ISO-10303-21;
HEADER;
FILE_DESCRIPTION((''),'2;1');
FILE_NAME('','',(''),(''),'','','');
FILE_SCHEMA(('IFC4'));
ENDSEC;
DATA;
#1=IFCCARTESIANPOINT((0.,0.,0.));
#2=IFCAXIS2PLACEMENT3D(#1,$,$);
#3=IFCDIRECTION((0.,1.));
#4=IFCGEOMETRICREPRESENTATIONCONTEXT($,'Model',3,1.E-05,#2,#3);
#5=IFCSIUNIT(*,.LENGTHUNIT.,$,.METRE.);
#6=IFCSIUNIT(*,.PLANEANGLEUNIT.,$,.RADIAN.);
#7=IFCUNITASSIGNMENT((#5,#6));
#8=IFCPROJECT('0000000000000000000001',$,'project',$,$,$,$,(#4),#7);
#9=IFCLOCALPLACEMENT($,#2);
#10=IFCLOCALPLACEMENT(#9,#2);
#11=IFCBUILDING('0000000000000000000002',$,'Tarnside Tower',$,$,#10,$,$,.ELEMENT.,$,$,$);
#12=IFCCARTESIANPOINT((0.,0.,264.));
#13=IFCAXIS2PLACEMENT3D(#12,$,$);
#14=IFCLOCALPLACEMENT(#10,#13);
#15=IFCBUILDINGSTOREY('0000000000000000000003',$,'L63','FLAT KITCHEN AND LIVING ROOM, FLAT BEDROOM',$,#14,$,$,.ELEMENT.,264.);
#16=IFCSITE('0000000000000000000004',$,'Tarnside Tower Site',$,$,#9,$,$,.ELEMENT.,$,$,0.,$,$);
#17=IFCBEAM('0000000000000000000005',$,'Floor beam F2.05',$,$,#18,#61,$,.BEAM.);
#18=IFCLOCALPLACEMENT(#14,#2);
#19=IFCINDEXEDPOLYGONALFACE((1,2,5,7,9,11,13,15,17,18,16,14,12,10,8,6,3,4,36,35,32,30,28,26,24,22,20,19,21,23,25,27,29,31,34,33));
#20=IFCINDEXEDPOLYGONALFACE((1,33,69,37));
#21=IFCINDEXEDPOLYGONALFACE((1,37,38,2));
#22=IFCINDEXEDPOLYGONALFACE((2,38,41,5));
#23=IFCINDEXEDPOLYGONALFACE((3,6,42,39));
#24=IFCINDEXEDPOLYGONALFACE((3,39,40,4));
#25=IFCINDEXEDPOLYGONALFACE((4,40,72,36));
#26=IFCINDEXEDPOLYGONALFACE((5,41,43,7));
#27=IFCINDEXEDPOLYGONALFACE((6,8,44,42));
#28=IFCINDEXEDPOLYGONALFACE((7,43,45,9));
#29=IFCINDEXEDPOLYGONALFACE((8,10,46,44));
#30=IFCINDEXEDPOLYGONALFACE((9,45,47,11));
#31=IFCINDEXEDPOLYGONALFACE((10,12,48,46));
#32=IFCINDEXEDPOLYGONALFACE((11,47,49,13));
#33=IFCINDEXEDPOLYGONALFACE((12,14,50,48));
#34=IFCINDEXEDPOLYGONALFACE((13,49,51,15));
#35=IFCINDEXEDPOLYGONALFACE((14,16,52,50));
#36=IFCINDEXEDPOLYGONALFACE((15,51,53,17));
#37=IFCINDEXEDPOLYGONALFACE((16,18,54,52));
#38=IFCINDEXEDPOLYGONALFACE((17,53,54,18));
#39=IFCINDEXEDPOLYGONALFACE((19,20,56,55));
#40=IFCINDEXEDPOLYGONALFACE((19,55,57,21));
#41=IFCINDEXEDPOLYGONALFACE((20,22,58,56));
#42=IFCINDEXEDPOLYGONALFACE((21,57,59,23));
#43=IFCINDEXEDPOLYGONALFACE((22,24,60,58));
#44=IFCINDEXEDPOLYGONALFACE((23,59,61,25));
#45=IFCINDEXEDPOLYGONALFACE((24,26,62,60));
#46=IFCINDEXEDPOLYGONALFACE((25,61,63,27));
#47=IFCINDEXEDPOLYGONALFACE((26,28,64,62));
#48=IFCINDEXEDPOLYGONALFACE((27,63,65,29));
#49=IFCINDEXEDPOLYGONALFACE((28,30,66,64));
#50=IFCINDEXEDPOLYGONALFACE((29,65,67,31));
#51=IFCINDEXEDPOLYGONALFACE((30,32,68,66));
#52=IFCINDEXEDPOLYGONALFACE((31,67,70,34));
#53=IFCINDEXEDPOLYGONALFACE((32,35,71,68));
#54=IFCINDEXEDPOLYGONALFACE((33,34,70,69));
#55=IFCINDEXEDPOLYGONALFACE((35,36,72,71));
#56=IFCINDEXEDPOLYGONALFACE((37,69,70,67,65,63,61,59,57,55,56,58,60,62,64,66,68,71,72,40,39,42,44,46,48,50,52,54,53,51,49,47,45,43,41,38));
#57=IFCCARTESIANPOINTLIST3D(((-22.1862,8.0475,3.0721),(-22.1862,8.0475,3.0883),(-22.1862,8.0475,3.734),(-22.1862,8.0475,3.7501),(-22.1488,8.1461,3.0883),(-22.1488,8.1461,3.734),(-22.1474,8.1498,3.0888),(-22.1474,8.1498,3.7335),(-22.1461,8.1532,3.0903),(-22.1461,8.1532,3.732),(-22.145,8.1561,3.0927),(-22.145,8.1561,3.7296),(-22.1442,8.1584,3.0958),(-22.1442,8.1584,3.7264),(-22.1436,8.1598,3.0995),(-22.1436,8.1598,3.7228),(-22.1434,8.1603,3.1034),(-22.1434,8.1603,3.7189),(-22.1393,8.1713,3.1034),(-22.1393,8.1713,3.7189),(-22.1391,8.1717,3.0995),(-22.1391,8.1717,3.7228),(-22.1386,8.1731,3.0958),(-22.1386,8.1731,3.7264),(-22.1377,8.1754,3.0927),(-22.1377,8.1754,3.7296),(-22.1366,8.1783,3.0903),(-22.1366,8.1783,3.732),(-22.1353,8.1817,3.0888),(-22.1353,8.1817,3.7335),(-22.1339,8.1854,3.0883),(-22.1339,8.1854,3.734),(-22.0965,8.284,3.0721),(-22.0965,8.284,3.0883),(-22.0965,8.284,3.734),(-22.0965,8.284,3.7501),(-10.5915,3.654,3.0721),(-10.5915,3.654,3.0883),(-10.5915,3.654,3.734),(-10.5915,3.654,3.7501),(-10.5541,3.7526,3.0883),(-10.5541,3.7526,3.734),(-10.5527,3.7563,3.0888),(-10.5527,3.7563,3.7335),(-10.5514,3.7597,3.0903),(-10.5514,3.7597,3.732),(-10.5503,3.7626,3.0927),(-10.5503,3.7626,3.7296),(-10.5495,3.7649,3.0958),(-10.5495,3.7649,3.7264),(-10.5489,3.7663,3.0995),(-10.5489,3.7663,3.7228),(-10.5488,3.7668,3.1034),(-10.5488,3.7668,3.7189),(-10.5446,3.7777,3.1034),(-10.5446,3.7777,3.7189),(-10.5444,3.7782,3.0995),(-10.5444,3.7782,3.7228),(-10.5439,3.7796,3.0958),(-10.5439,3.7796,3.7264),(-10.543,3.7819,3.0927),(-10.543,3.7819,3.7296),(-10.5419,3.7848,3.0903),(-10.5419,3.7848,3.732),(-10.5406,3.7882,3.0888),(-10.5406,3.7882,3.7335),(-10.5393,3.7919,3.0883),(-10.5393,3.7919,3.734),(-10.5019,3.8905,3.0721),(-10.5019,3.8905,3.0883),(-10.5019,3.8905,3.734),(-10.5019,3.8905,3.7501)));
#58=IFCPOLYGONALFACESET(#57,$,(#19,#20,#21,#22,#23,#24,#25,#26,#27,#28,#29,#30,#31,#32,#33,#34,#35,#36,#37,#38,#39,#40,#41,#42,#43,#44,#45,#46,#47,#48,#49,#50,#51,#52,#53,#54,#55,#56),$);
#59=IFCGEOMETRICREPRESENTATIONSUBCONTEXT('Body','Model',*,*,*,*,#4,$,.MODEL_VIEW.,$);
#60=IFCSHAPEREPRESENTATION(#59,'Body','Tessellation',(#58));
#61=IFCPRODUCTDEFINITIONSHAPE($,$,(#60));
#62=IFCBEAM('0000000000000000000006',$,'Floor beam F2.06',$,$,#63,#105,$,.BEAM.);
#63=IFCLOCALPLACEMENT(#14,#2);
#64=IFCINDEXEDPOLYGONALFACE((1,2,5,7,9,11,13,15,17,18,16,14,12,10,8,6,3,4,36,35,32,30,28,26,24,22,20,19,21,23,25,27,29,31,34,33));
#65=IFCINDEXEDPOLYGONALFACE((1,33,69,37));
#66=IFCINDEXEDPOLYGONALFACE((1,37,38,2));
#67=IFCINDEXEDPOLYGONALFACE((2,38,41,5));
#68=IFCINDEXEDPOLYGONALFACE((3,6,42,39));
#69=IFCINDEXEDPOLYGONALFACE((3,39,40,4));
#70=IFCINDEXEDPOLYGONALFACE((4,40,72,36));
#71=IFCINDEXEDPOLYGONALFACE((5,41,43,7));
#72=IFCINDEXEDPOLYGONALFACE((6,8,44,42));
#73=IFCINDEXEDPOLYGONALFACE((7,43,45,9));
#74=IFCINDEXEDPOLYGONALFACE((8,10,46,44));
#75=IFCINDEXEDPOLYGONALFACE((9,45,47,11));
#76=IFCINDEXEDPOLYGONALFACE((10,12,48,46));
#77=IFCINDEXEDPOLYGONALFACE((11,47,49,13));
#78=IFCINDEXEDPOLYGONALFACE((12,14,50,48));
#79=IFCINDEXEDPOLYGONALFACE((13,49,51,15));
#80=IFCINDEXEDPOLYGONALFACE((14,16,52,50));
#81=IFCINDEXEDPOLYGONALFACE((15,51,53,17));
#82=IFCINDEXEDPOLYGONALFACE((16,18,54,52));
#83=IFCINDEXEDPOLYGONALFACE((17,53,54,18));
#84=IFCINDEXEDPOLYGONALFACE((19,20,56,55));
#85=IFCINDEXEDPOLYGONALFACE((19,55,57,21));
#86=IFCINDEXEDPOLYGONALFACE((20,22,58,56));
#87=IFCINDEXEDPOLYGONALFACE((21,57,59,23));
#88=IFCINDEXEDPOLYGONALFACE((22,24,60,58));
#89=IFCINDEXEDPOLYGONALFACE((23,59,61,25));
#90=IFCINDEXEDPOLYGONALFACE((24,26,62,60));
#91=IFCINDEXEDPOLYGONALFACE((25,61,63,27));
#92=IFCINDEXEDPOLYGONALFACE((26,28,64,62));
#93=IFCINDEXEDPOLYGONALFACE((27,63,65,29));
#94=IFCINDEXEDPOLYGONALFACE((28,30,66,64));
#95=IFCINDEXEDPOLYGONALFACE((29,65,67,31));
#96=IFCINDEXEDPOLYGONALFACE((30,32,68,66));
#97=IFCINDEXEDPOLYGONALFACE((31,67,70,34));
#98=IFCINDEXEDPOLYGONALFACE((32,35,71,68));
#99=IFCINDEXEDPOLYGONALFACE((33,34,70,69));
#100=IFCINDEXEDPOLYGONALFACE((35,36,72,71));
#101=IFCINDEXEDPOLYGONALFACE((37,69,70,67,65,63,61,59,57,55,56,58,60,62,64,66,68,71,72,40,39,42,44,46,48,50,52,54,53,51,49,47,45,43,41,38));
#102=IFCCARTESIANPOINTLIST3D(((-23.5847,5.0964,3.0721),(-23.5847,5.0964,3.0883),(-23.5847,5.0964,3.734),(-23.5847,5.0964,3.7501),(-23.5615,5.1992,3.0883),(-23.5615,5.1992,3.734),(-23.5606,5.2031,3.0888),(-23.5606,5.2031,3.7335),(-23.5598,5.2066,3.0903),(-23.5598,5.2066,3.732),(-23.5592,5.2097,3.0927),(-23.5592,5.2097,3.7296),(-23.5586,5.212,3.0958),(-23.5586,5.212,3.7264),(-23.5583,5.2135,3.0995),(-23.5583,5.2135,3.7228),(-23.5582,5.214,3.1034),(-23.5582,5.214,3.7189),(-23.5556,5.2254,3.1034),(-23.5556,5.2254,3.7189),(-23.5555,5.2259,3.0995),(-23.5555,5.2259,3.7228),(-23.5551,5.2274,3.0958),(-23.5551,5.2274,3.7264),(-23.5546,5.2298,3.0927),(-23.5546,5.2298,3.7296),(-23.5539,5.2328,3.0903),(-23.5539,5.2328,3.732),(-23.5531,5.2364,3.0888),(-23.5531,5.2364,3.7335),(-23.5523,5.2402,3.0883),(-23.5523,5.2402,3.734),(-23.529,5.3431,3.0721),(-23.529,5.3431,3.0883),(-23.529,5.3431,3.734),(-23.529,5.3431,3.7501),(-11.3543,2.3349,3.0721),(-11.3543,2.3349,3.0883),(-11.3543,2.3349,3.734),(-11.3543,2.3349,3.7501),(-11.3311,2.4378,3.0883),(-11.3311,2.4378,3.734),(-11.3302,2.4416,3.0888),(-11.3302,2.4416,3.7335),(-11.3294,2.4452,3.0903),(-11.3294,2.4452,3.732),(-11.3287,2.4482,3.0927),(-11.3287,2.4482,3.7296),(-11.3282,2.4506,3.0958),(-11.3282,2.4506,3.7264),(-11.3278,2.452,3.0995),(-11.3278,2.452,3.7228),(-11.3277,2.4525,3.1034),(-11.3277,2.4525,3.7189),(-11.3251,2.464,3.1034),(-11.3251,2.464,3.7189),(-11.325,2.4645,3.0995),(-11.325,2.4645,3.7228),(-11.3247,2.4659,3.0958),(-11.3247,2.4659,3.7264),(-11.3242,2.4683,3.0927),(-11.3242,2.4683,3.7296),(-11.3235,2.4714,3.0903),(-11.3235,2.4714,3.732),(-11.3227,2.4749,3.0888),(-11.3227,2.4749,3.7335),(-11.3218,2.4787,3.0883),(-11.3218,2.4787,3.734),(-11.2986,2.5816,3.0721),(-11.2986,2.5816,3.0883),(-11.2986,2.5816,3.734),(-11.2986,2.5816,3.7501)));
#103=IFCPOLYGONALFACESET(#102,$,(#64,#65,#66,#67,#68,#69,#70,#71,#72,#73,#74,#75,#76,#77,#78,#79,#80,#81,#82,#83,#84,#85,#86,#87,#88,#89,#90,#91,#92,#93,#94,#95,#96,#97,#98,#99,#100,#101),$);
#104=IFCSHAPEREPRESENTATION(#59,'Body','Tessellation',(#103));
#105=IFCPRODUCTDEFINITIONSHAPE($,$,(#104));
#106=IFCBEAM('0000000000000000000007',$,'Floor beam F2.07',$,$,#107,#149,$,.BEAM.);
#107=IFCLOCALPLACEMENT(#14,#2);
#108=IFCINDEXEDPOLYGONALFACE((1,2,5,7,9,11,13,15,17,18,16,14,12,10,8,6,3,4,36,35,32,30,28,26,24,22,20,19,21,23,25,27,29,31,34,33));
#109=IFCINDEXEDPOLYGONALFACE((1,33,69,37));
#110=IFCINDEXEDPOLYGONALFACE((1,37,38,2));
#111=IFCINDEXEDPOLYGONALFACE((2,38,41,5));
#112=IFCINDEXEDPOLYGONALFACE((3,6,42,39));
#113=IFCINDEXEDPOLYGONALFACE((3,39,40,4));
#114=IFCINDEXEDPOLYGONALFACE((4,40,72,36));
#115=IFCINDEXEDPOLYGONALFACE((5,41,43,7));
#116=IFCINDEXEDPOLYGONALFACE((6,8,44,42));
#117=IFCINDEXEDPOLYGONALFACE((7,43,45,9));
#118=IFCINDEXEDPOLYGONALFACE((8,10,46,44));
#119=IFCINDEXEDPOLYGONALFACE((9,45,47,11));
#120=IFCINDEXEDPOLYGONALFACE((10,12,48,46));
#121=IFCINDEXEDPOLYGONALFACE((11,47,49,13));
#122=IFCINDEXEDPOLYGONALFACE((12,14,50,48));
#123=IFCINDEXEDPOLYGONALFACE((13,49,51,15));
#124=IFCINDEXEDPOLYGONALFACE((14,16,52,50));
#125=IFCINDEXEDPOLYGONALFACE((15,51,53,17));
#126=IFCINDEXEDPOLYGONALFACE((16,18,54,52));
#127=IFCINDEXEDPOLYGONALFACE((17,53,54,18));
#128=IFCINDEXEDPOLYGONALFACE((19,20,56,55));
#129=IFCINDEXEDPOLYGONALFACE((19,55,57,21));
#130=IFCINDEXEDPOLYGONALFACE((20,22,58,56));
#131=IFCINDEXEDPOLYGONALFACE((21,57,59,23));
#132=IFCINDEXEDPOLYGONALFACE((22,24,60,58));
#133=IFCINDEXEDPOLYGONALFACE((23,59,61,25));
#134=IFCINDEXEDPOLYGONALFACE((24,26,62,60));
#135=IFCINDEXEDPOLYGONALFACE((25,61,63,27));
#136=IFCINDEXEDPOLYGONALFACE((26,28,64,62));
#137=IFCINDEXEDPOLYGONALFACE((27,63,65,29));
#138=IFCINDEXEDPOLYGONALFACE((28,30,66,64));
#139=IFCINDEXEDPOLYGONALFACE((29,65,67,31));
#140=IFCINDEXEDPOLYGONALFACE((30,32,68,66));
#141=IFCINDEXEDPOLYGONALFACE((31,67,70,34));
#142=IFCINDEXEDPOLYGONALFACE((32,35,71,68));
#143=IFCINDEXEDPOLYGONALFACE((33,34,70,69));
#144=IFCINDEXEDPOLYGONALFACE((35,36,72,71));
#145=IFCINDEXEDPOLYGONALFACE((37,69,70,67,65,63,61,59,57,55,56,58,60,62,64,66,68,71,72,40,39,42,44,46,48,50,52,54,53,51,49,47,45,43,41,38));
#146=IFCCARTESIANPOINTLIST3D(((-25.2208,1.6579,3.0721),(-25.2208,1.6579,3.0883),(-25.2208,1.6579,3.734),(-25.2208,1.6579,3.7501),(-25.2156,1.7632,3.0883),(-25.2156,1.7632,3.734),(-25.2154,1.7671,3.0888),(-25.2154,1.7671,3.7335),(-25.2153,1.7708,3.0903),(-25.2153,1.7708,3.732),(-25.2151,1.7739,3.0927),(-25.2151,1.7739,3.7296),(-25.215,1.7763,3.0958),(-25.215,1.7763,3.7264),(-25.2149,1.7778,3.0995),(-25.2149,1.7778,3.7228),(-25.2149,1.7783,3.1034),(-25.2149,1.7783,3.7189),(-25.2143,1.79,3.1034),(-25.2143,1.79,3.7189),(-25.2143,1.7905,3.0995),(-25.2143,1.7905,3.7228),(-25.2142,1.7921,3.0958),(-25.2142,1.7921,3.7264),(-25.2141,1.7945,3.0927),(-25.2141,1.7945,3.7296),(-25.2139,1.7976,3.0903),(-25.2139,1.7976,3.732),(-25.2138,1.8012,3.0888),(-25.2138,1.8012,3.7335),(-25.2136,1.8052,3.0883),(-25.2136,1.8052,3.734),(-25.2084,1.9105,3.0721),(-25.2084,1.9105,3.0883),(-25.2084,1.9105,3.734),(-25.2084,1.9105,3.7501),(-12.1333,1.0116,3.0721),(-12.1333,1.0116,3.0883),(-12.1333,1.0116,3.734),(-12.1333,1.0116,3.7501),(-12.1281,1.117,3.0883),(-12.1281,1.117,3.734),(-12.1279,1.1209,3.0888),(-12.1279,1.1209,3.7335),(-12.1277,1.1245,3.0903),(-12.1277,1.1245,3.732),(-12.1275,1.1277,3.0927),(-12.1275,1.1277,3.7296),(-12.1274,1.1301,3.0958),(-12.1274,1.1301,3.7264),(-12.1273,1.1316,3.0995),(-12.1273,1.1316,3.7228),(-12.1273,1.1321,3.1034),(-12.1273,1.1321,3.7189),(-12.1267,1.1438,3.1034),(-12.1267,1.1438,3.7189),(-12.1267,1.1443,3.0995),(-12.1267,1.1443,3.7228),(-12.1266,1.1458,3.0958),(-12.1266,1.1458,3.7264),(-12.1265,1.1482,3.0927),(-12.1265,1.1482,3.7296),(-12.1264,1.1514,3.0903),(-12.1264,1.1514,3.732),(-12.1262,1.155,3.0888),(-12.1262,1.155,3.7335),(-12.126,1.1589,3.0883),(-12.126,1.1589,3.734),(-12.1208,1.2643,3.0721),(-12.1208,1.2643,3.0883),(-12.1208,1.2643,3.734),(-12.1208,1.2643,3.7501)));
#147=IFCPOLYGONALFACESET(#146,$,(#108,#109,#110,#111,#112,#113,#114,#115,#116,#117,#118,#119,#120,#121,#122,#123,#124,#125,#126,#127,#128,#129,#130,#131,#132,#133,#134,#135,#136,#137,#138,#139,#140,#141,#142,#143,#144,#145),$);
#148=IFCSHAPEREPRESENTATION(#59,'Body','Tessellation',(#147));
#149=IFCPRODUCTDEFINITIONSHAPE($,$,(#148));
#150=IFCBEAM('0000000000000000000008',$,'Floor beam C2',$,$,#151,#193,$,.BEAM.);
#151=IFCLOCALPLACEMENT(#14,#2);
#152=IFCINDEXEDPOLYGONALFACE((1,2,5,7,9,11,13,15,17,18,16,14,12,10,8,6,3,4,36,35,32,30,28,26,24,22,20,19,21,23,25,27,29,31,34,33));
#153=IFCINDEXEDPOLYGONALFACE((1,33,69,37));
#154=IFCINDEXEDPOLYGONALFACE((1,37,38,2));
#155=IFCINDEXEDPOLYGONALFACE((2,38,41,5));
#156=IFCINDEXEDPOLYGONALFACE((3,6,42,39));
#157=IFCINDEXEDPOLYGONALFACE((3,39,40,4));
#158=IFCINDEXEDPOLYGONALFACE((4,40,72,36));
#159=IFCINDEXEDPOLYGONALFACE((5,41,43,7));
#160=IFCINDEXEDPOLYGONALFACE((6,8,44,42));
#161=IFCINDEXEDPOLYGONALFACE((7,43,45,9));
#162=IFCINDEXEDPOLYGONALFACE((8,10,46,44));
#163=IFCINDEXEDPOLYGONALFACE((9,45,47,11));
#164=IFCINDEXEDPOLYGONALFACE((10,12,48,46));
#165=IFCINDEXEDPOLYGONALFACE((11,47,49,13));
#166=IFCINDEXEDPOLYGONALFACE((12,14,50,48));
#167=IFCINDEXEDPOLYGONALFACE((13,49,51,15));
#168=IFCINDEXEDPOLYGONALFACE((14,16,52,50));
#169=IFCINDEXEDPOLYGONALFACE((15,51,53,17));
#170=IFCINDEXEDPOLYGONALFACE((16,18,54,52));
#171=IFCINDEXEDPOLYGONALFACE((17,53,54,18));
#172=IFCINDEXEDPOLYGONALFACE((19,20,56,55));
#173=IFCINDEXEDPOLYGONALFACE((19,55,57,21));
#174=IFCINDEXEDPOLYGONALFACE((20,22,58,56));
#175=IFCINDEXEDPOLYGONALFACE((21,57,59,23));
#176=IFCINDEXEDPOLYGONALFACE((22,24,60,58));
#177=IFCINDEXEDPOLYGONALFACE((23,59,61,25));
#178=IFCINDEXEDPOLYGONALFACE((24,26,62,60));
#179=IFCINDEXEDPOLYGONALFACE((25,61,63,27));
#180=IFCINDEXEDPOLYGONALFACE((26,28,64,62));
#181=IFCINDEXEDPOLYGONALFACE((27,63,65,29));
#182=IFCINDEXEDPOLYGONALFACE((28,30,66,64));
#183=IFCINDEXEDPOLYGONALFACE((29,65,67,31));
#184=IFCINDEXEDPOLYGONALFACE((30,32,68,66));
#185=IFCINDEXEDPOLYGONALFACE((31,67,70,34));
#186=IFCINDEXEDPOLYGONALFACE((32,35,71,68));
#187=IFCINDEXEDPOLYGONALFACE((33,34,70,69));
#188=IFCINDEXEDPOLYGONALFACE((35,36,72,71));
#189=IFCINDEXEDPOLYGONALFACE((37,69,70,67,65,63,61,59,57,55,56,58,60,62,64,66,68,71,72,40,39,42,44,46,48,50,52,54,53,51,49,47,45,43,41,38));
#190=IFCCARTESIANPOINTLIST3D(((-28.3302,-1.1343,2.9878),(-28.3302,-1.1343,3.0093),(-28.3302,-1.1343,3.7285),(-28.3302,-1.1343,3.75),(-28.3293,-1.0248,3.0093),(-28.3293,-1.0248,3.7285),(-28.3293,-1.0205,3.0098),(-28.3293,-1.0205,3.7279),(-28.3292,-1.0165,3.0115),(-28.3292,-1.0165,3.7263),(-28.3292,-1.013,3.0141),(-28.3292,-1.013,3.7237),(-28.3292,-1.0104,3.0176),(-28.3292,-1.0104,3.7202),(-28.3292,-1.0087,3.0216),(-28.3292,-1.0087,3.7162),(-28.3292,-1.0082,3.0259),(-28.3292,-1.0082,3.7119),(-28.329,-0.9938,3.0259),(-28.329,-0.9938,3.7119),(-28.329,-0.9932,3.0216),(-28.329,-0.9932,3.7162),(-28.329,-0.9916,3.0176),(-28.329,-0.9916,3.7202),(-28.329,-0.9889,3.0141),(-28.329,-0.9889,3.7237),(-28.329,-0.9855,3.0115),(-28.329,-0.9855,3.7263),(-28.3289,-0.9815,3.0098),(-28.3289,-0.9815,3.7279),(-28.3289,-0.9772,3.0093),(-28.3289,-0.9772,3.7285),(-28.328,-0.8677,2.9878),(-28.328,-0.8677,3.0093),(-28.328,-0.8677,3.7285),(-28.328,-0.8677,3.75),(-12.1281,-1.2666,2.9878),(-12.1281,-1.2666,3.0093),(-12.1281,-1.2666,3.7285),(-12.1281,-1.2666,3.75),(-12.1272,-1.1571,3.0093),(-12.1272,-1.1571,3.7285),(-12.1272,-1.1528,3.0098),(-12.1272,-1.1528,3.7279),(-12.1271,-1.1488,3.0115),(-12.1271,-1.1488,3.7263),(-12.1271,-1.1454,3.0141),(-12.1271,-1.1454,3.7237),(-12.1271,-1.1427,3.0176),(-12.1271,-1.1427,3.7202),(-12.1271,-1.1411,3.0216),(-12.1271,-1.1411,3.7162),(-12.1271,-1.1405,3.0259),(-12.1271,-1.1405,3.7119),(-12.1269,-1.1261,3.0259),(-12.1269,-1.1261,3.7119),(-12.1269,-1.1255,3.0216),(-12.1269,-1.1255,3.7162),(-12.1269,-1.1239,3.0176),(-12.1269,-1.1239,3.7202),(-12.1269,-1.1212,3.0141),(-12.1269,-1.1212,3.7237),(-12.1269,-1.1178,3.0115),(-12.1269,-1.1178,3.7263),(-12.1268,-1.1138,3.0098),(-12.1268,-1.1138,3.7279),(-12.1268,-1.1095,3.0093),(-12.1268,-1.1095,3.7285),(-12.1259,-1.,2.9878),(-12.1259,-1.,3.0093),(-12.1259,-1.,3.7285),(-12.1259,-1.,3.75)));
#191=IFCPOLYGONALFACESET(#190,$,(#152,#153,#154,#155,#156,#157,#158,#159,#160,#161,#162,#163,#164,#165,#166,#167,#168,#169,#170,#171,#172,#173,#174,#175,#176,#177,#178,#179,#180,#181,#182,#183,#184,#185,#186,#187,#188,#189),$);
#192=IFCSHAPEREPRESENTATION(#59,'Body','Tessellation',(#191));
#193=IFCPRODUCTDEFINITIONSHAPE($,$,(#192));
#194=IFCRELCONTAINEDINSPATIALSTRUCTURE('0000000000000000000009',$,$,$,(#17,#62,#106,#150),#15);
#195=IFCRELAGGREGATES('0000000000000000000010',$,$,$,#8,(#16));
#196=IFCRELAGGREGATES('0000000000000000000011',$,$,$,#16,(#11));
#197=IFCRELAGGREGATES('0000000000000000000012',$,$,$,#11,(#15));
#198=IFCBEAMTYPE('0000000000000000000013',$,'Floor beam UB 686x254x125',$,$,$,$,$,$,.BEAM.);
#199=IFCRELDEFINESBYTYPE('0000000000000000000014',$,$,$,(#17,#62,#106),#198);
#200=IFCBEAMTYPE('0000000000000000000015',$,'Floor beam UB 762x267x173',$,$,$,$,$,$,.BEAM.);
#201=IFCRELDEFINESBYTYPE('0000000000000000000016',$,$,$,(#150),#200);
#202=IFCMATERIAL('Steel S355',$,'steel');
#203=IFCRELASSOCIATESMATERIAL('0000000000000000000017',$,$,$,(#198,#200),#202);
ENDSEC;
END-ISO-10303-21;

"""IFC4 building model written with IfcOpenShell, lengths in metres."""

from ifc_helpers import new_model, si_unit, direction, frame, origin, origin_2d, place, context, subcontext, project, spatial, i_section, extrude, material, material_profile, profile_set, type_object, element, save


model = new_model("IFC4")

# Units and contexts
model_context = context("Model", 3, precision=1e-05, world=origin(), true_north=direction((0.0, 1.0)))
body_context = subcontext(model_context, "Body", "Model", "MODEL_VIEW")
ifc_project = project(units=[si_unit("LENGTHUNIT", "METRE"), si_unit("PLANEANGLEUNIT", "RADIAN")], contexts=[model_context])

# Site, building, storey
site_placement = place(None, origin())
site = spatial("IfcSite", under=ifc_project, at=site_placement, Name="Tarnside Tower Site", CompositionType="ELEMENT", RefElevation=0.0)
building_placement = place(site_placement, origin())
building = spatial("IfcBuilding", under=site, at=building_placement, Name="Tarnside Tower", CompositionType="ELEMENT")
storey_placement = place(building_placement, frame((0.0, 0.0, 264.0)))
storey = spatial("IfcBuildingStorey", under=building, at=storey_placement, Name="L63", Description="FLAT KITCHEN AND LIVING ROOM, FLAT BEDROOM", CompositionType="ELEMENT", Elevation=264.0)

# Beams
ifc_material_1 = material(Name="Steel S355", Category="steel")
ifc_material_profile_1 = material_profile(ifc_material_1, i_section(OverallWidth=0.2529, OverallDepth=0.678, WebThickness=0.0117, FlangeThickness=0.0161, FilletRadius=0.0151, at=origin_2d()), Name="UB 686x254x125")
ifc_profile_set_1 = profile_set([ifc_material_profile_1], Name="Steel S355")
beam_type_1 = type_object("IfcBeamType", Name="Floor beam UB 686x254x125", PredefinedType="BEAM", material=ifc_profile_set_1)
beam_1_placement = place(storey_placement, frame((-22.1414, 8.1658, 3.4111), z_axis=(0.935116, -0.354341, 0.0), x_axis=(0.354341, 0.935116, 0.0)))
element("IfcBeam", 1, at=beam_1_placement, inside=storey, type_object=beam_type_1, Name="Floor beam F2.05", PredefinedType="BEAM", context=body_context, shape_type="SweptSolid", body=[
    extrude(i_section(OverallWidth=0.2529, OverallDepth=0.678, WebThickness=0.0117, FlangeThickness=0.0161, FilletRadius=0.0151, at=origin_2d()), origin(), (0.0, 0.0, 1.0), 12.3992),
])
beam_2_placement = place(storey_placement, frame((-23.5569, 5.2197, 3.4111), z_axis=(0.975445, -0.220242, 0.0), x_axis=(0.220242, 0.975445, 0.0)))
element("IfcBeam", 2, at=beam_2_placement, inside=storey, type_object=beam_type_1, Name="Floor beam F2.06", PredefinedType="BEAM", context=body_context, shape_type="SweptSolid", body=[
    extrude(i_section(OverallWidth=0.2529, OverallDepth=0.678, WebThickness=0.0117, FlangeThickness=0.0161, FilletRadius=0.0151, at=origin_2d()), origin(), (0.0, 0.0, 1.0), 12.5383),
])
beam_3_placement = place(storey_placement, frame((-25.2146, 1.7842, 3.4111), z_axis=(0.998783, -0.049318, 0.0), x_axis=(0.049318, 0.998783, 0.0)))
element("IfcBeam", 3, at=beam_3_placement, inside=storey, type_object=beam_type_1, Name="Floor beam F2.07", PredefinedType="BEAM", context=body_context, shape_type="SweptSolid", body=[
    extrude(i_section(OverallWidth=0.2529, OverallDepth=0.678, WebThickness=0.0117, FlangeThickness=0.0161, FilletRadius=0.0151, at=origin_2d()), origin(), (0.0, 0.0, 1.0), 13.1035),
])
ifc_material_profile_2 = material_profile(ifc_material_1, i_section(OverallWidth=0.2666, OverallDepth=0.7622, WebThickness=0.0144, FlangeThickness=0.0215, FilletRadius=0.0166, at=origin_2d()), Name="UB 762x267x173")
ifc_profile_set_2 = profile_set([ifc_material_profile_2], Name="Steel S355")
beam_type_2 = type_object("IfcBeamType", Name="Floor beam UB 762x267x173", PredefinedType="BEAM", material=ifc_profile_set_2)
beam_4_placement = place(storey_placement, frame((-28.3291, -1.001, 3.3689), z_axis=(0.999967, -0.008167, 0.0), x_axis=(0.008167, 0.999967, 0.0)))
element("IfcBeam", 4, at=beam_4_placement, inside=storey, type_object=beam_type_2, Name="Floor beam C2", PredefinedType="BEAM", context=body_context, shape_type="SweptSolid", body=[
    extrude(i_section(OverallWidth=0.2666, OverallDepth=0.7622, WebThickness=0.0144, FlangeThickness=0.0215, FilletRadius=0.0166, at=origin_2d()), origin(), (0.0, 0.0, 1.0), 16.2026),
])

save(model, "model.ifc")
